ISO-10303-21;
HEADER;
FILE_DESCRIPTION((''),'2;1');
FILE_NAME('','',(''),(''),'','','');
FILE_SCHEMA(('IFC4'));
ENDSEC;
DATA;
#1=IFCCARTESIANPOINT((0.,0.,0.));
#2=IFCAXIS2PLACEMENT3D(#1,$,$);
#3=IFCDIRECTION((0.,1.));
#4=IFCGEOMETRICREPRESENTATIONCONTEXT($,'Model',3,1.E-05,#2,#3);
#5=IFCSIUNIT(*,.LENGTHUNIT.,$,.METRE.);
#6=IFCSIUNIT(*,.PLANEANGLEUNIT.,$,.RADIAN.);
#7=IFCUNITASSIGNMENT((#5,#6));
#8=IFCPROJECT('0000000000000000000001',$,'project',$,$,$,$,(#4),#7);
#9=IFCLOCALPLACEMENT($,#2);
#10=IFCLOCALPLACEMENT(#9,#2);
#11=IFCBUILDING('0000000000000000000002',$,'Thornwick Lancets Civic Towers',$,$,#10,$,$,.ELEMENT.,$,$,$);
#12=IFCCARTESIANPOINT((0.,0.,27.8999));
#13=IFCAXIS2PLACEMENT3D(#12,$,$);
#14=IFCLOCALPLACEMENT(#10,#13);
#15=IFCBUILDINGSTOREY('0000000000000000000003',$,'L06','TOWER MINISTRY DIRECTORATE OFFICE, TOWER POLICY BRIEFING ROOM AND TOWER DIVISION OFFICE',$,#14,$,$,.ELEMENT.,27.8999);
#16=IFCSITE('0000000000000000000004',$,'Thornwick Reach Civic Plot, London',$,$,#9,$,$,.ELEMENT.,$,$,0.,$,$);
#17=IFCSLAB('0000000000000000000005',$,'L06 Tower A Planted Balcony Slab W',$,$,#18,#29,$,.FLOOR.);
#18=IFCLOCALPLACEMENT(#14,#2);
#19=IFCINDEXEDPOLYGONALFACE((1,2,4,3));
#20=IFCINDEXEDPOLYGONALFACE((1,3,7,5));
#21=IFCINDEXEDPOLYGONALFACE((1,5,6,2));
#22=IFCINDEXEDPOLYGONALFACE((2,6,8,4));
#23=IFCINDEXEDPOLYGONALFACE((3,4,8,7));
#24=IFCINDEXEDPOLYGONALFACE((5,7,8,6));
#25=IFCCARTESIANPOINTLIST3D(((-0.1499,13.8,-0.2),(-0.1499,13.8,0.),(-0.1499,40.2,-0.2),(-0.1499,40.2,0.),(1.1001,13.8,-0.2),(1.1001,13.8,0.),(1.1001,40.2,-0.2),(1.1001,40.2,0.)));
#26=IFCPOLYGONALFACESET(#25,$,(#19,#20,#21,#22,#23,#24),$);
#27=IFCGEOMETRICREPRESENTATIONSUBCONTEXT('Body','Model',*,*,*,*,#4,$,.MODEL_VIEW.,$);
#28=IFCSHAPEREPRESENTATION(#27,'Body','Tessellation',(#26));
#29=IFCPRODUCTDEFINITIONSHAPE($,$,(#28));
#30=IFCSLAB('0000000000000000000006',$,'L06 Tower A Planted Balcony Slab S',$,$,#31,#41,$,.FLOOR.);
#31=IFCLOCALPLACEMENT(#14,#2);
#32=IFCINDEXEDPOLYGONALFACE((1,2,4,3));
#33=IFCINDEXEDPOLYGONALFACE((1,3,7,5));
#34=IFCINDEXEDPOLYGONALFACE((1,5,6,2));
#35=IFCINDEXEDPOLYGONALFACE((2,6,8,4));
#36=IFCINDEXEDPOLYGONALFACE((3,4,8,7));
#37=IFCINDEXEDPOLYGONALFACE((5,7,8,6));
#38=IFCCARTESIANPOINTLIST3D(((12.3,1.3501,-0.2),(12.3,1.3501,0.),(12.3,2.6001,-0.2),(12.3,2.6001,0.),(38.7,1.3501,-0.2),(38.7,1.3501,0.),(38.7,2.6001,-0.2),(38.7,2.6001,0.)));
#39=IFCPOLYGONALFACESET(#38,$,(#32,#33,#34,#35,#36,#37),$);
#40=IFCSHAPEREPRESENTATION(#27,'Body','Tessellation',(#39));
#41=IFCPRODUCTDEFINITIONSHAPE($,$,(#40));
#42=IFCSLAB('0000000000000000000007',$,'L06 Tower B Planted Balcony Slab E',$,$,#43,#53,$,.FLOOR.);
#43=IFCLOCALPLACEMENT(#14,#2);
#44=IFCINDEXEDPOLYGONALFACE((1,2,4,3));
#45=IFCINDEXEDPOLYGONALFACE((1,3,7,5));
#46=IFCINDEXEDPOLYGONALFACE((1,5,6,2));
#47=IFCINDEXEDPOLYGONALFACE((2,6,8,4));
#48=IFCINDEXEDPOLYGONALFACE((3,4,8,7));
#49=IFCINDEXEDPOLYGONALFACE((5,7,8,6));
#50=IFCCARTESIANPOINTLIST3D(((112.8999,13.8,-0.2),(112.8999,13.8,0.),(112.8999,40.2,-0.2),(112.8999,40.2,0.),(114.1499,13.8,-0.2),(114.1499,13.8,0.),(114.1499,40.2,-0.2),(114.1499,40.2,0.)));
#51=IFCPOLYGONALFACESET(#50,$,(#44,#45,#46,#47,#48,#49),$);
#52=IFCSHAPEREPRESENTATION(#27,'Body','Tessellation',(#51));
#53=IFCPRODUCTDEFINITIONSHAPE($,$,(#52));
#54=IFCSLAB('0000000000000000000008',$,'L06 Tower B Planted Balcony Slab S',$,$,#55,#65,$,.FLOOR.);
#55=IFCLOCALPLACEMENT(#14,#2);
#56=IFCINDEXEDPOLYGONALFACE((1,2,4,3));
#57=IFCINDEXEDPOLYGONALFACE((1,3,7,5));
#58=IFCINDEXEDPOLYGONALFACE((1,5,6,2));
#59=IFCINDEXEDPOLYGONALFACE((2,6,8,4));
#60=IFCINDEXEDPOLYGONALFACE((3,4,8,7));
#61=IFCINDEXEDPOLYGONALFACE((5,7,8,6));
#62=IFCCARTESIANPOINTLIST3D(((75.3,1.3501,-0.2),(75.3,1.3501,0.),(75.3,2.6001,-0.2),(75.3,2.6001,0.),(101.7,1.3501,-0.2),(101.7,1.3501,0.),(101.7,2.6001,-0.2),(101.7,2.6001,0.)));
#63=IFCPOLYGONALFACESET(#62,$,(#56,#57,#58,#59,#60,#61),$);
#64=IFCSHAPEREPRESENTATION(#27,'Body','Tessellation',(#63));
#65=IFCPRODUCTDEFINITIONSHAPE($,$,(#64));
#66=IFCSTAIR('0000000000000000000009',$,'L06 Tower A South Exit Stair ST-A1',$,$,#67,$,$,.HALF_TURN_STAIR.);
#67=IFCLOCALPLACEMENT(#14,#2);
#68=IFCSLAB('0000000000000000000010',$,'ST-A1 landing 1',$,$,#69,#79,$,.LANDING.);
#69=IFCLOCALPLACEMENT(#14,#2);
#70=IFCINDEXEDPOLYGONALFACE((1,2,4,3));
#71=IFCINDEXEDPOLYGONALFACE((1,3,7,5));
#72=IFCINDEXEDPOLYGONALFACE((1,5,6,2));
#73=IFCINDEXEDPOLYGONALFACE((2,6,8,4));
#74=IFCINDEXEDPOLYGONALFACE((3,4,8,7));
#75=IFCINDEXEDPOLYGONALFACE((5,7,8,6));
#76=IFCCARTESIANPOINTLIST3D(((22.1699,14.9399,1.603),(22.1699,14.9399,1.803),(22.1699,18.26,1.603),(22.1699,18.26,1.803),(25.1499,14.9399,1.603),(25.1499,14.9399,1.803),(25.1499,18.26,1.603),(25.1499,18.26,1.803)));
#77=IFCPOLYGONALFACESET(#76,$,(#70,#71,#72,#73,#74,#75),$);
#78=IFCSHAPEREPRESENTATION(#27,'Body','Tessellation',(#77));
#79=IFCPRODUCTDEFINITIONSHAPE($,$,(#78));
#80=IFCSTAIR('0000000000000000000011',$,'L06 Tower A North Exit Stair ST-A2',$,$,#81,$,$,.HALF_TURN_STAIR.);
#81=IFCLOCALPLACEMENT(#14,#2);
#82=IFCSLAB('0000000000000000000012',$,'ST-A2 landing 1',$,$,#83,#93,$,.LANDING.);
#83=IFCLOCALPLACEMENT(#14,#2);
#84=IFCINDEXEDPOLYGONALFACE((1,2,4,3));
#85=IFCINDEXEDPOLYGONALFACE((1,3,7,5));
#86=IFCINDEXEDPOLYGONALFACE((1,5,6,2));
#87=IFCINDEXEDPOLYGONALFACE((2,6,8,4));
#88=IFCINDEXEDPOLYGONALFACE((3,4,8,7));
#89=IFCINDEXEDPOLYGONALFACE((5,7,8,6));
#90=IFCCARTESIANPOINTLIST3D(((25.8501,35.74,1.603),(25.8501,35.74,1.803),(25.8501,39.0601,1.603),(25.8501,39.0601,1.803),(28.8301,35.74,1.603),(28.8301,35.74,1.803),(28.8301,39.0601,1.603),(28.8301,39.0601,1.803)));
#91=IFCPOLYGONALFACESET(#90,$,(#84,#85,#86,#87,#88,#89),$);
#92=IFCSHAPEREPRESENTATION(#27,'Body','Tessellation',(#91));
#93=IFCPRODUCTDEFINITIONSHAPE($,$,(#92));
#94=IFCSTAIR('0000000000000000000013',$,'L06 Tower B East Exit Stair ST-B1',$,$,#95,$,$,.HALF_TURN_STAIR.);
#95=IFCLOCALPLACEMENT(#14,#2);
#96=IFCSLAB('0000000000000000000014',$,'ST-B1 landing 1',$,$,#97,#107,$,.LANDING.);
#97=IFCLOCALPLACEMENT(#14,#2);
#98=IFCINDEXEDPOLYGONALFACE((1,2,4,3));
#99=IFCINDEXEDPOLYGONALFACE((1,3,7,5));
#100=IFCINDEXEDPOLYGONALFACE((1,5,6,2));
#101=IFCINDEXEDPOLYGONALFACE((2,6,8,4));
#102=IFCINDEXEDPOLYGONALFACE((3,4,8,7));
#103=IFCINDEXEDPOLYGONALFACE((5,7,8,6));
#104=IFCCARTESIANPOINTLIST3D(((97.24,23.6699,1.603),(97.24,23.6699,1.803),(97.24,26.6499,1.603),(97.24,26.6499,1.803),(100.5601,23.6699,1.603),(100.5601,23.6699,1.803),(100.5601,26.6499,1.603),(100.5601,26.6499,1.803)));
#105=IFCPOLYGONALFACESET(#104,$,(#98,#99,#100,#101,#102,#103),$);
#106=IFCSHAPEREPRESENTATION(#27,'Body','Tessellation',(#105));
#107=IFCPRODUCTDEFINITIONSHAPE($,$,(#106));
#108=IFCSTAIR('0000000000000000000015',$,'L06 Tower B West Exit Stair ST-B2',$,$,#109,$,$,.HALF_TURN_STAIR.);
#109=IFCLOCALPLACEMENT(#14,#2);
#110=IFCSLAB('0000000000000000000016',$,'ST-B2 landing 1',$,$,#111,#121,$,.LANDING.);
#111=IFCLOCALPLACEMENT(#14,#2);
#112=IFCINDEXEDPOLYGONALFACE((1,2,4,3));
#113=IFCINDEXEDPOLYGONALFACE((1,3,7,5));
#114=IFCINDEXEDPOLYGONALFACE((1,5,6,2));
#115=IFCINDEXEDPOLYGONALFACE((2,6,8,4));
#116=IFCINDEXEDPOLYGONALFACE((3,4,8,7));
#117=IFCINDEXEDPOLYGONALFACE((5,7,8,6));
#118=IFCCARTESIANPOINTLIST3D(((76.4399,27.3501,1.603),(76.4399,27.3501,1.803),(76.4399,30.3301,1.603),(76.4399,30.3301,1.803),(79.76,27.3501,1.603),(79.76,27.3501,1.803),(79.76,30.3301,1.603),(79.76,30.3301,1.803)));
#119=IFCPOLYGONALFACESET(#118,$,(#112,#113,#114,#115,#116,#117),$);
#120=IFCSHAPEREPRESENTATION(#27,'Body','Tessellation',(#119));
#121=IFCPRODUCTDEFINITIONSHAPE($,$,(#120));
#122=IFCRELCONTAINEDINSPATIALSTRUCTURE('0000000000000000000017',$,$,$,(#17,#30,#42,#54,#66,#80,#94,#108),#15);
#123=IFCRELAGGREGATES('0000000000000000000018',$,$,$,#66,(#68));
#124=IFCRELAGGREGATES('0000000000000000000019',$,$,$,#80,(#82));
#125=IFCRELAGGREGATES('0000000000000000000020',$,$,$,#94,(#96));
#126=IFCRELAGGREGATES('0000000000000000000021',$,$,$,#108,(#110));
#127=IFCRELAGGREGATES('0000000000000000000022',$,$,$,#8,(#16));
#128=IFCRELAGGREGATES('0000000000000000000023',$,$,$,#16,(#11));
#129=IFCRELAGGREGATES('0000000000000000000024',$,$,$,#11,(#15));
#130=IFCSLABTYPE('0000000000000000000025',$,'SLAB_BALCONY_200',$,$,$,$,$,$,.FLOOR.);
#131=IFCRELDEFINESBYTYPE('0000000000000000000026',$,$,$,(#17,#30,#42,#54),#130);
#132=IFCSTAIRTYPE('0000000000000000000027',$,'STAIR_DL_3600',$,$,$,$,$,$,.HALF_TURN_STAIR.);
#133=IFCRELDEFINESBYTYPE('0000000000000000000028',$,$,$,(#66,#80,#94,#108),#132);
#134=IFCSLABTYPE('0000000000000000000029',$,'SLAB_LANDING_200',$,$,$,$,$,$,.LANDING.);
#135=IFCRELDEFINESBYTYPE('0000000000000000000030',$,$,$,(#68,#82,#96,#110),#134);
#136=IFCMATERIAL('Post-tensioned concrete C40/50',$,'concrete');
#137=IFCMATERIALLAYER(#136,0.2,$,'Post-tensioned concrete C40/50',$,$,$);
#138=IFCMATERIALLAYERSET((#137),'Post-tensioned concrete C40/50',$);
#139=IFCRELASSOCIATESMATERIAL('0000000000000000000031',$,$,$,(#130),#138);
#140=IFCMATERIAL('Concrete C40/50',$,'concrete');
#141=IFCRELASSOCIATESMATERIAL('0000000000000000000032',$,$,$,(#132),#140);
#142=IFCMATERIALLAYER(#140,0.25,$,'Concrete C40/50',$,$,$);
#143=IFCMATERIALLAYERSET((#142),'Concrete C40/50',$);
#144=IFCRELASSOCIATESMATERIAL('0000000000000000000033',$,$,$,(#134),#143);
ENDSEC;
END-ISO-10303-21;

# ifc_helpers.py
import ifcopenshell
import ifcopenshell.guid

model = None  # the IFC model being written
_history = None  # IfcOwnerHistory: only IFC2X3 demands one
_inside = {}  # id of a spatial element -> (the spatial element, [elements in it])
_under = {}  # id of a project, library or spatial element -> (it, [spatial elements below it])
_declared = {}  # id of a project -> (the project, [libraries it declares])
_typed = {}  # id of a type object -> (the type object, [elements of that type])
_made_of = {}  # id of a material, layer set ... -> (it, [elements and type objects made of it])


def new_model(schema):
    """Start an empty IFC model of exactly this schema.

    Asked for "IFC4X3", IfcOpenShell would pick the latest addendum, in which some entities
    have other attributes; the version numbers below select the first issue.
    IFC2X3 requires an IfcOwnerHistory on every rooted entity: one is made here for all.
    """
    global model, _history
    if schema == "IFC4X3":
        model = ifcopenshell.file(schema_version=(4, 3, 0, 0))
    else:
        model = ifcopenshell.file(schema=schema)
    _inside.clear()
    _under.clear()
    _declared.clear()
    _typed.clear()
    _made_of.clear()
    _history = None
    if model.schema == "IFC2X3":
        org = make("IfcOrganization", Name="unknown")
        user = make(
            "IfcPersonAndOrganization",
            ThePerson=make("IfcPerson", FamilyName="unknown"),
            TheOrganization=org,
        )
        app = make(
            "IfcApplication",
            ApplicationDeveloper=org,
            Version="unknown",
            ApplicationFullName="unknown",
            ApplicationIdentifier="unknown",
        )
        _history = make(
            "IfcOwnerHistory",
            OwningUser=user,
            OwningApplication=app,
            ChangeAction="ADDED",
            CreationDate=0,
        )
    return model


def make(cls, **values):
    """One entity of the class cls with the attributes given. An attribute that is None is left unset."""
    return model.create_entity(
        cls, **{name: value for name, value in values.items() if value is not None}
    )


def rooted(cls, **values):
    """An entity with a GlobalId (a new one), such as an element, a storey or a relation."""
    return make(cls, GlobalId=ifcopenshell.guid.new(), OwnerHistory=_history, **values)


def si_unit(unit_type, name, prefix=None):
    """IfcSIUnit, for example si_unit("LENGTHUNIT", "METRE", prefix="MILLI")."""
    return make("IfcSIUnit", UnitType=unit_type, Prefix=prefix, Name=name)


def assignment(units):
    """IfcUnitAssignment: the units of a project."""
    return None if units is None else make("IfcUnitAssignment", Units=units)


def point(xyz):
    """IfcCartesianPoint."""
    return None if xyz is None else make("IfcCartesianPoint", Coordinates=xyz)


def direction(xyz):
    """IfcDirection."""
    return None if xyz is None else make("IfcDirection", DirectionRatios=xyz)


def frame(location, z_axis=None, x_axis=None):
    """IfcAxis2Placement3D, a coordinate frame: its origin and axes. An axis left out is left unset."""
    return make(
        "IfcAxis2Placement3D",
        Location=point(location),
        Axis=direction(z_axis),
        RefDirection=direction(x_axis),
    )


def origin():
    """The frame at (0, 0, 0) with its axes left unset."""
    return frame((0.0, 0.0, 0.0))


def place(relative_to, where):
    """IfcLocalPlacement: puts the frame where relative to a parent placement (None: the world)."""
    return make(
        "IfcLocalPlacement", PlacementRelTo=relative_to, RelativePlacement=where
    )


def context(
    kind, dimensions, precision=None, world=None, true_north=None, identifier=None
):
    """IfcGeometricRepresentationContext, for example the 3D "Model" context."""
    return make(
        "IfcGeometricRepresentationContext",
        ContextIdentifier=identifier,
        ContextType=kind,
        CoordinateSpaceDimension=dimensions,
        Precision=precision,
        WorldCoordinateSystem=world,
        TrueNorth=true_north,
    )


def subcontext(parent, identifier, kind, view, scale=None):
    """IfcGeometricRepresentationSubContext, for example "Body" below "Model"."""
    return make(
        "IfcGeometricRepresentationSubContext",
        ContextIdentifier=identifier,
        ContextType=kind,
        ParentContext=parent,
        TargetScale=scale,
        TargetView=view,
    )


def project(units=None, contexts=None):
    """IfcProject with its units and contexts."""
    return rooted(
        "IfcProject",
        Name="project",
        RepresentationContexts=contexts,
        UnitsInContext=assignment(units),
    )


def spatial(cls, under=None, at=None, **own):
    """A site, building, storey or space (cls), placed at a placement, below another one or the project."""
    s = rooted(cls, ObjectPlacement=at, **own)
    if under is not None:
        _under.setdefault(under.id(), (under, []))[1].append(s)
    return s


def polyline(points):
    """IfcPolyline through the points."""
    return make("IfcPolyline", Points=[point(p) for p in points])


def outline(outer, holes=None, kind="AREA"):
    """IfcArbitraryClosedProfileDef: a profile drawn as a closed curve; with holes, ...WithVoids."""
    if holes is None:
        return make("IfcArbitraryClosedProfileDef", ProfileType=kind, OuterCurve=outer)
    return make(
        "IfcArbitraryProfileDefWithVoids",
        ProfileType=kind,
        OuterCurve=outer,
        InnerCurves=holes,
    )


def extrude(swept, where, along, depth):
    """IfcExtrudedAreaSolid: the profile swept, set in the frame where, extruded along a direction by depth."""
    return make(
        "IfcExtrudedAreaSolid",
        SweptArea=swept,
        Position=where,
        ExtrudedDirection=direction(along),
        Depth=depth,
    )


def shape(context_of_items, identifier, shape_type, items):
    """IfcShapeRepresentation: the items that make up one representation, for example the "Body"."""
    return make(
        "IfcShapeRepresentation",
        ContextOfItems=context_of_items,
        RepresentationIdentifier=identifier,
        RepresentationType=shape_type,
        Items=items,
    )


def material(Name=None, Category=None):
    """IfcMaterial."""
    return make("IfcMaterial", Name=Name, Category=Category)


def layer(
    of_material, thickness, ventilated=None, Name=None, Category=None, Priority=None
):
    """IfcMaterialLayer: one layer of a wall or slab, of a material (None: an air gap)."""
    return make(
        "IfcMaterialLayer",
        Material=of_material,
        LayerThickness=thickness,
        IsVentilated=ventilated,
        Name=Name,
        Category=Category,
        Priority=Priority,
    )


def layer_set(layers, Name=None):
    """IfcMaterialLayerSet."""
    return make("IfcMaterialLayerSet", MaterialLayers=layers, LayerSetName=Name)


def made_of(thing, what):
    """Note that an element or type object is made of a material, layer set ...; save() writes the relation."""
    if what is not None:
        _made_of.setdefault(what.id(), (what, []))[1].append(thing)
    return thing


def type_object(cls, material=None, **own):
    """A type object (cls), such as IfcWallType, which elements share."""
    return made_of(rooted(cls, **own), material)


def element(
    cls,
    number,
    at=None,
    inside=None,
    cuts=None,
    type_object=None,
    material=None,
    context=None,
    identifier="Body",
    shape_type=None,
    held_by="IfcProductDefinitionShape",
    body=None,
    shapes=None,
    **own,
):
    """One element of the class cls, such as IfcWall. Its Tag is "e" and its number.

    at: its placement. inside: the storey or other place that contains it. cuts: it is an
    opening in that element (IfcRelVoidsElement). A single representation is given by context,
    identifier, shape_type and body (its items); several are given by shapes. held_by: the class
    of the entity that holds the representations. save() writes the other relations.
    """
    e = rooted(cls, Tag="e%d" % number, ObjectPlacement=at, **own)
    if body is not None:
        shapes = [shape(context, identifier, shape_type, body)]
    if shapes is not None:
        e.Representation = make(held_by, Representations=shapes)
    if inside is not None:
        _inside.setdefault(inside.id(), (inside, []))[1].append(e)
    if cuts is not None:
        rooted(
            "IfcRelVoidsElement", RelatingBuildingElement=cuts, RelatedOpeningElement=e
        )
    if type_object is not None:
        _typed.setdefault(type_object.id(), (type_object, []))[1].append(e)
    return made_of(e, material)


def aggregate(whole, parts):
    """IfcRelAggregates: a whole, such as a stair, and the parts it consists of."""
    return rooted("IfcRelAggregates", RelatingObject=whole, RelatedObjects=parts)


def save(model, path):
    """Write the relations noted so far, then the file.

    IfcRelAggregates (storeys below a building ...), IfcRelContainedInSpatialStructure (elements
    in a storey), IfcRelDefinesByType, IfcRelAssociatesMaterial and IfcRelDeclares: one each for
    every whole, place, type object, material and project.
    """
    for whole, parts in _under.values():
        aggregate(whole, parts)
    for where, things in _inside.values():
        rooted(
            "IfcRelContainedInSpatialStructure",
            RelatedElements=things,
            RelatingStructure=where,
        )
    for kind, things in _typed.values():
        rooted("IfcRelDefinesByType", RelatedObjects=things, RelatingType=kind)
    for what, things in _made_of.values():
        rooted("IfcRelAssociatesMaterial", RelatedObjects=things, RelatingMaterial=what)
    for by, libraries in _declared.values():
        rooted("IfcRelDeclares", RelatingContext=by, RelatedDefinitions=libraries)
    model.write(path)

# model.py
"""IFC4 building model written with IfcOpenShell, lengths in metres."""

from ifc_helpers import new_model, si_unit, direction, frame, origin, place, context, subcontext, project, spatial, polyline, outline, extrude, material, layer, layer_set, type_object, element, aggregate, save


model = new_model("IFC4")

# Units and contexts
model_context = context("Model", 3, precision=1e-05, world=origin(), true_north=direction((0.0, 1.0)))
body_context = subcontext(model_context, "Body", "Model", "MODEL_VIEW")
ifc_project = project(units=[si_unit("LENGTHUNIT", "METRE"), si_unit("PLANEANGLEUNIT", "RADIAN")], contexts=[model_context])

# Site, building, storey
site_placement = place(None, origin())
site = spatial("IfcSite", under=ifc_project, at=site_placement, Name="Thornwick Reach Civic Plot, London", CompositionType="ELEMENT", RefElevation=0.0)
building_placement = place(site_placement, origin())
building = spatial("IfcBuilding", under=site, at=building_placement, Name="Thornwick Lancets Civic Towers", CompositionType="ELEMENT")
storey_placement = place(building_placement, frame((0.0, 0.0, 27.8999)))
storey = spatial("IfcBuildingStorey", under=building, at=storey_placement, Name="L06", Description="TOWER MINISTRY DIRECTORATE OFFICE, TOWER POLICY BRIEFING ROOM AND TOWER DIVISION OFFICE", CompositionType="ELEMENT", Elevation=27.8999)

# Slabs
ifc_material_1 = material(Name="Post-tensioned concrete C40/50", Category="concrete")
ifc_layer_1 = layer(ifc_material_1, 0.2, Name="Post-tensioned concrete C40/50")
ifc_layer_set_1 = layer_set([ifc_layer_1], Name="Post-tensioned concrete C40/50")
slab_type_1 = type_object("IfcSlabType", Name="SLAB_BALCONY_200", PredefinedType="FLOOR", material=ifc_layer_set_1)
slab_1_placement = place(storey_placement, frame((0.0, 0.0, -0.2)))
element("IfcSlab", 1, at=slab_1_placement, inside=storey, type_object=slab_type_1, Name="L06 Tower A Planted Balcony Slab W", PredefinedType="FLOOR", context=body_context, shape_type="SweptSolid", body=[
    extrude(outline(polyline([(-0.1499, 13.8), (1.1001, 13.8), (1.1001, 40.2), (-0.1499, 40.2), (-0.1499, 13.8)])), origin(), (0.0, 0.0, 1.0), 0.2),
])
slab_2_placement = place(storey_placement, frame((0.0, 0.0, -0.2)))
element("IfcSlab", 2, at=slab_2_placement, inside=storey, type_object=slab_type_1, Name="L06 Tower A Planted Balcony Slab S", PredefinedType="FLOOR", context=body_context, shape_type="SweptSolid", body=[
    extrude(outline(polyline([(12.3, 1.3501), (38.7, 1.3501), (38.7, 2.6001), (12.3, 2.6001), (12.3, 1.3501)])), origin(), (0.0, 0.0, 1.0), 0.2),
])
slab_3_placement = place(storey_placement, frame((0.0, 0.0, -0.2)))
element("IfcSlab", 3, at=slab_3_placement, inside=storey, type_object=slab_type_1, Name="L06 Tower B Planted Balcony Slab E", PredefinedType="FLOOR", context=body_context, shape_type="SweptSolid", body=[
    extrude(outline(polyline([(112.8999, 13.8), (114.1499, 13.8), (114.1499, 40.2), (112.8999, 40.2), (112.8999, 13.8)])), origin(), (0.0, 0.0, 1.0), 0.2),
])
slab_4_placement = place(storey_placement, frame((0.0, 0.0, -0.2)))
element("IfcSlab", 4, at=slab_4_placement, inside=storey, type_object=slab_type_1, Name="L06 Tower B Planted Balcony Slab S", PredefinedType="FLOOR", context=body_context, shape_type="SweptSolid", body=[
    extrude(outline(polyline([(75.3, 1.3501), (101.7, 1.3501), (101.7, 2.6001), (75.3, 2.6001), (75.3, 1.3501)])), origin(), (0.0, 0.0, 1.0), 0.2),
])

# Stairs, slabs
ifc_material_2 = material(Name="Concrete C40/50", Category="concrete")
stair_type = type_object("IfcStairType", Name="STAIR_DL_3600", PredefinedType="HALF_TURN_STAIR", material=ifc_material_2)
stair_1_placement = place(storey_placement, origin())
stair_1 = element("IfcStair", 5, at=stair_1_placement, inside=storey, type_object=stair_type, Name="L06 Tower A South Exit Stair ST-A1", PredefinedType="HALF_TURN_STAIR")
ifc_layer_2 = layer(ifc_material_2, 0.25, Name="Concrete C40/50")
ifc_layer_set_2 = layer_set([ifc_layer_2], Name="Concrete C40/50")
slab_type_2 = type_object("IfcSlabType", Name="SLAB_LANDING_200", PredefinedType="LANDING", material=ifc_layer_set_2)
slab_5_placement = place(storey_placement, frame((0.0, 0.0, 1.603)))
slab_5 = element("IfcSlab", 6, at=slab_5_placement, type_object=slab_type_2, Name="ST-A1 landing 1", PredefinedType="LANDING", context=body_context, shape_type="SweptSolid", body=[
    extrude(outline(polyline([(22.1699, 14.9399), (25.1499, 14.9399), (25.1499, 18.26), (22.1699, 18.26), (22.1699, 14.9399)])), origin(), (0.0, 0.0, 1.0), 0.2),
])
aggregate(stair_1, [slab_5])
stair_2_placement = place(storey_placement, origin())
stair_2 = element("IfcStair", 7, at=stair_2_placement, inside=storey, type_object=stair_type, Name="L06 Tower A North Exit Stair ST-A2", PredefinedType="HALF_TURN_STAIR")
slab_6_placement = place(storey_placement, frame((0.0, 0.0, 1.603)))
slab_6 = element("IfcSlab", 8, at=slab_6_placement, type_object=slab_type_2, Name="ST-A2 landing 1", PredefinedType="LANDING", context=body_context, shape_type="SweptSolid", body=[
    extrude(outline(polyline([(28.8301, 39.0601), (25.8501, 39.0601), (25.8501, 35.74), (28.8301, 35.74), (28.8301, 39.0601)])), origin(), (0.0, 0.0, 1.0), 0.2),
])
aggregate(stair_2, [slab_6])
stair_3_placement = place(storey_placement, origin())
stair_3 = element("IfcStair", 9, at=stair_3_placement, inside=storey, type_object=stair_type, Name="L06 Tower B East Exit Stair ST-B1", PredefinedType="HALF_TURN_STAIR")
slab_7_placement = place(storey_placement, frame((0.0, 0.0, 1.603)))
slab_7 = element("IfcSlab", 10, at=slab_7_placement, type_object=slab_type_2, Name="ST-B1 landing 1", PredefinedType="LANDING", context=body_context, shape_type="SweptSolid", body=[
    extrude(outline(polyline([(100.5601, 23.6699), (100.5601, 26.6499), (97.24, 26.6499), (97.24, 23.6699), (100.5601, 23.6699)])), origin(), (0.0, 0.0, 1.0), 0.2),
])
aggregate(stair_3, [slab_7])
stair_4_placement = place(storey_placement, origin())
stair_4 = element("IfcStair", 11, at=stair_4_placement, inside=storey, type_object=stair_type, Name="L06 Tower B West Exit Stair ST-B2", PredefinedType="HALF_TURN_STAIR")
slab_8_placement = place(storey_placement, frame((0.0, 0.0, 1.603)))
slab_8 = element("IfcSlab", 12, at=slab_8_placement, type_object=slab_type_2, Name="ST-B2 landing 1", PredefinedType="LANDING", context=body_context, shape_type="SweptSolid", body=[
    extrude(outline(polyline([(76.4399, 30.3301), (76.4399, 27.3501), (79.76, 27.3501), (79.76, 30.3301), (76.4399, 30.3301)])), origin(), (0.0, 0.0, 1.0), 0.2),
])
aggregate(stair_4, [slab_8])

save(model, "model.ifc")
